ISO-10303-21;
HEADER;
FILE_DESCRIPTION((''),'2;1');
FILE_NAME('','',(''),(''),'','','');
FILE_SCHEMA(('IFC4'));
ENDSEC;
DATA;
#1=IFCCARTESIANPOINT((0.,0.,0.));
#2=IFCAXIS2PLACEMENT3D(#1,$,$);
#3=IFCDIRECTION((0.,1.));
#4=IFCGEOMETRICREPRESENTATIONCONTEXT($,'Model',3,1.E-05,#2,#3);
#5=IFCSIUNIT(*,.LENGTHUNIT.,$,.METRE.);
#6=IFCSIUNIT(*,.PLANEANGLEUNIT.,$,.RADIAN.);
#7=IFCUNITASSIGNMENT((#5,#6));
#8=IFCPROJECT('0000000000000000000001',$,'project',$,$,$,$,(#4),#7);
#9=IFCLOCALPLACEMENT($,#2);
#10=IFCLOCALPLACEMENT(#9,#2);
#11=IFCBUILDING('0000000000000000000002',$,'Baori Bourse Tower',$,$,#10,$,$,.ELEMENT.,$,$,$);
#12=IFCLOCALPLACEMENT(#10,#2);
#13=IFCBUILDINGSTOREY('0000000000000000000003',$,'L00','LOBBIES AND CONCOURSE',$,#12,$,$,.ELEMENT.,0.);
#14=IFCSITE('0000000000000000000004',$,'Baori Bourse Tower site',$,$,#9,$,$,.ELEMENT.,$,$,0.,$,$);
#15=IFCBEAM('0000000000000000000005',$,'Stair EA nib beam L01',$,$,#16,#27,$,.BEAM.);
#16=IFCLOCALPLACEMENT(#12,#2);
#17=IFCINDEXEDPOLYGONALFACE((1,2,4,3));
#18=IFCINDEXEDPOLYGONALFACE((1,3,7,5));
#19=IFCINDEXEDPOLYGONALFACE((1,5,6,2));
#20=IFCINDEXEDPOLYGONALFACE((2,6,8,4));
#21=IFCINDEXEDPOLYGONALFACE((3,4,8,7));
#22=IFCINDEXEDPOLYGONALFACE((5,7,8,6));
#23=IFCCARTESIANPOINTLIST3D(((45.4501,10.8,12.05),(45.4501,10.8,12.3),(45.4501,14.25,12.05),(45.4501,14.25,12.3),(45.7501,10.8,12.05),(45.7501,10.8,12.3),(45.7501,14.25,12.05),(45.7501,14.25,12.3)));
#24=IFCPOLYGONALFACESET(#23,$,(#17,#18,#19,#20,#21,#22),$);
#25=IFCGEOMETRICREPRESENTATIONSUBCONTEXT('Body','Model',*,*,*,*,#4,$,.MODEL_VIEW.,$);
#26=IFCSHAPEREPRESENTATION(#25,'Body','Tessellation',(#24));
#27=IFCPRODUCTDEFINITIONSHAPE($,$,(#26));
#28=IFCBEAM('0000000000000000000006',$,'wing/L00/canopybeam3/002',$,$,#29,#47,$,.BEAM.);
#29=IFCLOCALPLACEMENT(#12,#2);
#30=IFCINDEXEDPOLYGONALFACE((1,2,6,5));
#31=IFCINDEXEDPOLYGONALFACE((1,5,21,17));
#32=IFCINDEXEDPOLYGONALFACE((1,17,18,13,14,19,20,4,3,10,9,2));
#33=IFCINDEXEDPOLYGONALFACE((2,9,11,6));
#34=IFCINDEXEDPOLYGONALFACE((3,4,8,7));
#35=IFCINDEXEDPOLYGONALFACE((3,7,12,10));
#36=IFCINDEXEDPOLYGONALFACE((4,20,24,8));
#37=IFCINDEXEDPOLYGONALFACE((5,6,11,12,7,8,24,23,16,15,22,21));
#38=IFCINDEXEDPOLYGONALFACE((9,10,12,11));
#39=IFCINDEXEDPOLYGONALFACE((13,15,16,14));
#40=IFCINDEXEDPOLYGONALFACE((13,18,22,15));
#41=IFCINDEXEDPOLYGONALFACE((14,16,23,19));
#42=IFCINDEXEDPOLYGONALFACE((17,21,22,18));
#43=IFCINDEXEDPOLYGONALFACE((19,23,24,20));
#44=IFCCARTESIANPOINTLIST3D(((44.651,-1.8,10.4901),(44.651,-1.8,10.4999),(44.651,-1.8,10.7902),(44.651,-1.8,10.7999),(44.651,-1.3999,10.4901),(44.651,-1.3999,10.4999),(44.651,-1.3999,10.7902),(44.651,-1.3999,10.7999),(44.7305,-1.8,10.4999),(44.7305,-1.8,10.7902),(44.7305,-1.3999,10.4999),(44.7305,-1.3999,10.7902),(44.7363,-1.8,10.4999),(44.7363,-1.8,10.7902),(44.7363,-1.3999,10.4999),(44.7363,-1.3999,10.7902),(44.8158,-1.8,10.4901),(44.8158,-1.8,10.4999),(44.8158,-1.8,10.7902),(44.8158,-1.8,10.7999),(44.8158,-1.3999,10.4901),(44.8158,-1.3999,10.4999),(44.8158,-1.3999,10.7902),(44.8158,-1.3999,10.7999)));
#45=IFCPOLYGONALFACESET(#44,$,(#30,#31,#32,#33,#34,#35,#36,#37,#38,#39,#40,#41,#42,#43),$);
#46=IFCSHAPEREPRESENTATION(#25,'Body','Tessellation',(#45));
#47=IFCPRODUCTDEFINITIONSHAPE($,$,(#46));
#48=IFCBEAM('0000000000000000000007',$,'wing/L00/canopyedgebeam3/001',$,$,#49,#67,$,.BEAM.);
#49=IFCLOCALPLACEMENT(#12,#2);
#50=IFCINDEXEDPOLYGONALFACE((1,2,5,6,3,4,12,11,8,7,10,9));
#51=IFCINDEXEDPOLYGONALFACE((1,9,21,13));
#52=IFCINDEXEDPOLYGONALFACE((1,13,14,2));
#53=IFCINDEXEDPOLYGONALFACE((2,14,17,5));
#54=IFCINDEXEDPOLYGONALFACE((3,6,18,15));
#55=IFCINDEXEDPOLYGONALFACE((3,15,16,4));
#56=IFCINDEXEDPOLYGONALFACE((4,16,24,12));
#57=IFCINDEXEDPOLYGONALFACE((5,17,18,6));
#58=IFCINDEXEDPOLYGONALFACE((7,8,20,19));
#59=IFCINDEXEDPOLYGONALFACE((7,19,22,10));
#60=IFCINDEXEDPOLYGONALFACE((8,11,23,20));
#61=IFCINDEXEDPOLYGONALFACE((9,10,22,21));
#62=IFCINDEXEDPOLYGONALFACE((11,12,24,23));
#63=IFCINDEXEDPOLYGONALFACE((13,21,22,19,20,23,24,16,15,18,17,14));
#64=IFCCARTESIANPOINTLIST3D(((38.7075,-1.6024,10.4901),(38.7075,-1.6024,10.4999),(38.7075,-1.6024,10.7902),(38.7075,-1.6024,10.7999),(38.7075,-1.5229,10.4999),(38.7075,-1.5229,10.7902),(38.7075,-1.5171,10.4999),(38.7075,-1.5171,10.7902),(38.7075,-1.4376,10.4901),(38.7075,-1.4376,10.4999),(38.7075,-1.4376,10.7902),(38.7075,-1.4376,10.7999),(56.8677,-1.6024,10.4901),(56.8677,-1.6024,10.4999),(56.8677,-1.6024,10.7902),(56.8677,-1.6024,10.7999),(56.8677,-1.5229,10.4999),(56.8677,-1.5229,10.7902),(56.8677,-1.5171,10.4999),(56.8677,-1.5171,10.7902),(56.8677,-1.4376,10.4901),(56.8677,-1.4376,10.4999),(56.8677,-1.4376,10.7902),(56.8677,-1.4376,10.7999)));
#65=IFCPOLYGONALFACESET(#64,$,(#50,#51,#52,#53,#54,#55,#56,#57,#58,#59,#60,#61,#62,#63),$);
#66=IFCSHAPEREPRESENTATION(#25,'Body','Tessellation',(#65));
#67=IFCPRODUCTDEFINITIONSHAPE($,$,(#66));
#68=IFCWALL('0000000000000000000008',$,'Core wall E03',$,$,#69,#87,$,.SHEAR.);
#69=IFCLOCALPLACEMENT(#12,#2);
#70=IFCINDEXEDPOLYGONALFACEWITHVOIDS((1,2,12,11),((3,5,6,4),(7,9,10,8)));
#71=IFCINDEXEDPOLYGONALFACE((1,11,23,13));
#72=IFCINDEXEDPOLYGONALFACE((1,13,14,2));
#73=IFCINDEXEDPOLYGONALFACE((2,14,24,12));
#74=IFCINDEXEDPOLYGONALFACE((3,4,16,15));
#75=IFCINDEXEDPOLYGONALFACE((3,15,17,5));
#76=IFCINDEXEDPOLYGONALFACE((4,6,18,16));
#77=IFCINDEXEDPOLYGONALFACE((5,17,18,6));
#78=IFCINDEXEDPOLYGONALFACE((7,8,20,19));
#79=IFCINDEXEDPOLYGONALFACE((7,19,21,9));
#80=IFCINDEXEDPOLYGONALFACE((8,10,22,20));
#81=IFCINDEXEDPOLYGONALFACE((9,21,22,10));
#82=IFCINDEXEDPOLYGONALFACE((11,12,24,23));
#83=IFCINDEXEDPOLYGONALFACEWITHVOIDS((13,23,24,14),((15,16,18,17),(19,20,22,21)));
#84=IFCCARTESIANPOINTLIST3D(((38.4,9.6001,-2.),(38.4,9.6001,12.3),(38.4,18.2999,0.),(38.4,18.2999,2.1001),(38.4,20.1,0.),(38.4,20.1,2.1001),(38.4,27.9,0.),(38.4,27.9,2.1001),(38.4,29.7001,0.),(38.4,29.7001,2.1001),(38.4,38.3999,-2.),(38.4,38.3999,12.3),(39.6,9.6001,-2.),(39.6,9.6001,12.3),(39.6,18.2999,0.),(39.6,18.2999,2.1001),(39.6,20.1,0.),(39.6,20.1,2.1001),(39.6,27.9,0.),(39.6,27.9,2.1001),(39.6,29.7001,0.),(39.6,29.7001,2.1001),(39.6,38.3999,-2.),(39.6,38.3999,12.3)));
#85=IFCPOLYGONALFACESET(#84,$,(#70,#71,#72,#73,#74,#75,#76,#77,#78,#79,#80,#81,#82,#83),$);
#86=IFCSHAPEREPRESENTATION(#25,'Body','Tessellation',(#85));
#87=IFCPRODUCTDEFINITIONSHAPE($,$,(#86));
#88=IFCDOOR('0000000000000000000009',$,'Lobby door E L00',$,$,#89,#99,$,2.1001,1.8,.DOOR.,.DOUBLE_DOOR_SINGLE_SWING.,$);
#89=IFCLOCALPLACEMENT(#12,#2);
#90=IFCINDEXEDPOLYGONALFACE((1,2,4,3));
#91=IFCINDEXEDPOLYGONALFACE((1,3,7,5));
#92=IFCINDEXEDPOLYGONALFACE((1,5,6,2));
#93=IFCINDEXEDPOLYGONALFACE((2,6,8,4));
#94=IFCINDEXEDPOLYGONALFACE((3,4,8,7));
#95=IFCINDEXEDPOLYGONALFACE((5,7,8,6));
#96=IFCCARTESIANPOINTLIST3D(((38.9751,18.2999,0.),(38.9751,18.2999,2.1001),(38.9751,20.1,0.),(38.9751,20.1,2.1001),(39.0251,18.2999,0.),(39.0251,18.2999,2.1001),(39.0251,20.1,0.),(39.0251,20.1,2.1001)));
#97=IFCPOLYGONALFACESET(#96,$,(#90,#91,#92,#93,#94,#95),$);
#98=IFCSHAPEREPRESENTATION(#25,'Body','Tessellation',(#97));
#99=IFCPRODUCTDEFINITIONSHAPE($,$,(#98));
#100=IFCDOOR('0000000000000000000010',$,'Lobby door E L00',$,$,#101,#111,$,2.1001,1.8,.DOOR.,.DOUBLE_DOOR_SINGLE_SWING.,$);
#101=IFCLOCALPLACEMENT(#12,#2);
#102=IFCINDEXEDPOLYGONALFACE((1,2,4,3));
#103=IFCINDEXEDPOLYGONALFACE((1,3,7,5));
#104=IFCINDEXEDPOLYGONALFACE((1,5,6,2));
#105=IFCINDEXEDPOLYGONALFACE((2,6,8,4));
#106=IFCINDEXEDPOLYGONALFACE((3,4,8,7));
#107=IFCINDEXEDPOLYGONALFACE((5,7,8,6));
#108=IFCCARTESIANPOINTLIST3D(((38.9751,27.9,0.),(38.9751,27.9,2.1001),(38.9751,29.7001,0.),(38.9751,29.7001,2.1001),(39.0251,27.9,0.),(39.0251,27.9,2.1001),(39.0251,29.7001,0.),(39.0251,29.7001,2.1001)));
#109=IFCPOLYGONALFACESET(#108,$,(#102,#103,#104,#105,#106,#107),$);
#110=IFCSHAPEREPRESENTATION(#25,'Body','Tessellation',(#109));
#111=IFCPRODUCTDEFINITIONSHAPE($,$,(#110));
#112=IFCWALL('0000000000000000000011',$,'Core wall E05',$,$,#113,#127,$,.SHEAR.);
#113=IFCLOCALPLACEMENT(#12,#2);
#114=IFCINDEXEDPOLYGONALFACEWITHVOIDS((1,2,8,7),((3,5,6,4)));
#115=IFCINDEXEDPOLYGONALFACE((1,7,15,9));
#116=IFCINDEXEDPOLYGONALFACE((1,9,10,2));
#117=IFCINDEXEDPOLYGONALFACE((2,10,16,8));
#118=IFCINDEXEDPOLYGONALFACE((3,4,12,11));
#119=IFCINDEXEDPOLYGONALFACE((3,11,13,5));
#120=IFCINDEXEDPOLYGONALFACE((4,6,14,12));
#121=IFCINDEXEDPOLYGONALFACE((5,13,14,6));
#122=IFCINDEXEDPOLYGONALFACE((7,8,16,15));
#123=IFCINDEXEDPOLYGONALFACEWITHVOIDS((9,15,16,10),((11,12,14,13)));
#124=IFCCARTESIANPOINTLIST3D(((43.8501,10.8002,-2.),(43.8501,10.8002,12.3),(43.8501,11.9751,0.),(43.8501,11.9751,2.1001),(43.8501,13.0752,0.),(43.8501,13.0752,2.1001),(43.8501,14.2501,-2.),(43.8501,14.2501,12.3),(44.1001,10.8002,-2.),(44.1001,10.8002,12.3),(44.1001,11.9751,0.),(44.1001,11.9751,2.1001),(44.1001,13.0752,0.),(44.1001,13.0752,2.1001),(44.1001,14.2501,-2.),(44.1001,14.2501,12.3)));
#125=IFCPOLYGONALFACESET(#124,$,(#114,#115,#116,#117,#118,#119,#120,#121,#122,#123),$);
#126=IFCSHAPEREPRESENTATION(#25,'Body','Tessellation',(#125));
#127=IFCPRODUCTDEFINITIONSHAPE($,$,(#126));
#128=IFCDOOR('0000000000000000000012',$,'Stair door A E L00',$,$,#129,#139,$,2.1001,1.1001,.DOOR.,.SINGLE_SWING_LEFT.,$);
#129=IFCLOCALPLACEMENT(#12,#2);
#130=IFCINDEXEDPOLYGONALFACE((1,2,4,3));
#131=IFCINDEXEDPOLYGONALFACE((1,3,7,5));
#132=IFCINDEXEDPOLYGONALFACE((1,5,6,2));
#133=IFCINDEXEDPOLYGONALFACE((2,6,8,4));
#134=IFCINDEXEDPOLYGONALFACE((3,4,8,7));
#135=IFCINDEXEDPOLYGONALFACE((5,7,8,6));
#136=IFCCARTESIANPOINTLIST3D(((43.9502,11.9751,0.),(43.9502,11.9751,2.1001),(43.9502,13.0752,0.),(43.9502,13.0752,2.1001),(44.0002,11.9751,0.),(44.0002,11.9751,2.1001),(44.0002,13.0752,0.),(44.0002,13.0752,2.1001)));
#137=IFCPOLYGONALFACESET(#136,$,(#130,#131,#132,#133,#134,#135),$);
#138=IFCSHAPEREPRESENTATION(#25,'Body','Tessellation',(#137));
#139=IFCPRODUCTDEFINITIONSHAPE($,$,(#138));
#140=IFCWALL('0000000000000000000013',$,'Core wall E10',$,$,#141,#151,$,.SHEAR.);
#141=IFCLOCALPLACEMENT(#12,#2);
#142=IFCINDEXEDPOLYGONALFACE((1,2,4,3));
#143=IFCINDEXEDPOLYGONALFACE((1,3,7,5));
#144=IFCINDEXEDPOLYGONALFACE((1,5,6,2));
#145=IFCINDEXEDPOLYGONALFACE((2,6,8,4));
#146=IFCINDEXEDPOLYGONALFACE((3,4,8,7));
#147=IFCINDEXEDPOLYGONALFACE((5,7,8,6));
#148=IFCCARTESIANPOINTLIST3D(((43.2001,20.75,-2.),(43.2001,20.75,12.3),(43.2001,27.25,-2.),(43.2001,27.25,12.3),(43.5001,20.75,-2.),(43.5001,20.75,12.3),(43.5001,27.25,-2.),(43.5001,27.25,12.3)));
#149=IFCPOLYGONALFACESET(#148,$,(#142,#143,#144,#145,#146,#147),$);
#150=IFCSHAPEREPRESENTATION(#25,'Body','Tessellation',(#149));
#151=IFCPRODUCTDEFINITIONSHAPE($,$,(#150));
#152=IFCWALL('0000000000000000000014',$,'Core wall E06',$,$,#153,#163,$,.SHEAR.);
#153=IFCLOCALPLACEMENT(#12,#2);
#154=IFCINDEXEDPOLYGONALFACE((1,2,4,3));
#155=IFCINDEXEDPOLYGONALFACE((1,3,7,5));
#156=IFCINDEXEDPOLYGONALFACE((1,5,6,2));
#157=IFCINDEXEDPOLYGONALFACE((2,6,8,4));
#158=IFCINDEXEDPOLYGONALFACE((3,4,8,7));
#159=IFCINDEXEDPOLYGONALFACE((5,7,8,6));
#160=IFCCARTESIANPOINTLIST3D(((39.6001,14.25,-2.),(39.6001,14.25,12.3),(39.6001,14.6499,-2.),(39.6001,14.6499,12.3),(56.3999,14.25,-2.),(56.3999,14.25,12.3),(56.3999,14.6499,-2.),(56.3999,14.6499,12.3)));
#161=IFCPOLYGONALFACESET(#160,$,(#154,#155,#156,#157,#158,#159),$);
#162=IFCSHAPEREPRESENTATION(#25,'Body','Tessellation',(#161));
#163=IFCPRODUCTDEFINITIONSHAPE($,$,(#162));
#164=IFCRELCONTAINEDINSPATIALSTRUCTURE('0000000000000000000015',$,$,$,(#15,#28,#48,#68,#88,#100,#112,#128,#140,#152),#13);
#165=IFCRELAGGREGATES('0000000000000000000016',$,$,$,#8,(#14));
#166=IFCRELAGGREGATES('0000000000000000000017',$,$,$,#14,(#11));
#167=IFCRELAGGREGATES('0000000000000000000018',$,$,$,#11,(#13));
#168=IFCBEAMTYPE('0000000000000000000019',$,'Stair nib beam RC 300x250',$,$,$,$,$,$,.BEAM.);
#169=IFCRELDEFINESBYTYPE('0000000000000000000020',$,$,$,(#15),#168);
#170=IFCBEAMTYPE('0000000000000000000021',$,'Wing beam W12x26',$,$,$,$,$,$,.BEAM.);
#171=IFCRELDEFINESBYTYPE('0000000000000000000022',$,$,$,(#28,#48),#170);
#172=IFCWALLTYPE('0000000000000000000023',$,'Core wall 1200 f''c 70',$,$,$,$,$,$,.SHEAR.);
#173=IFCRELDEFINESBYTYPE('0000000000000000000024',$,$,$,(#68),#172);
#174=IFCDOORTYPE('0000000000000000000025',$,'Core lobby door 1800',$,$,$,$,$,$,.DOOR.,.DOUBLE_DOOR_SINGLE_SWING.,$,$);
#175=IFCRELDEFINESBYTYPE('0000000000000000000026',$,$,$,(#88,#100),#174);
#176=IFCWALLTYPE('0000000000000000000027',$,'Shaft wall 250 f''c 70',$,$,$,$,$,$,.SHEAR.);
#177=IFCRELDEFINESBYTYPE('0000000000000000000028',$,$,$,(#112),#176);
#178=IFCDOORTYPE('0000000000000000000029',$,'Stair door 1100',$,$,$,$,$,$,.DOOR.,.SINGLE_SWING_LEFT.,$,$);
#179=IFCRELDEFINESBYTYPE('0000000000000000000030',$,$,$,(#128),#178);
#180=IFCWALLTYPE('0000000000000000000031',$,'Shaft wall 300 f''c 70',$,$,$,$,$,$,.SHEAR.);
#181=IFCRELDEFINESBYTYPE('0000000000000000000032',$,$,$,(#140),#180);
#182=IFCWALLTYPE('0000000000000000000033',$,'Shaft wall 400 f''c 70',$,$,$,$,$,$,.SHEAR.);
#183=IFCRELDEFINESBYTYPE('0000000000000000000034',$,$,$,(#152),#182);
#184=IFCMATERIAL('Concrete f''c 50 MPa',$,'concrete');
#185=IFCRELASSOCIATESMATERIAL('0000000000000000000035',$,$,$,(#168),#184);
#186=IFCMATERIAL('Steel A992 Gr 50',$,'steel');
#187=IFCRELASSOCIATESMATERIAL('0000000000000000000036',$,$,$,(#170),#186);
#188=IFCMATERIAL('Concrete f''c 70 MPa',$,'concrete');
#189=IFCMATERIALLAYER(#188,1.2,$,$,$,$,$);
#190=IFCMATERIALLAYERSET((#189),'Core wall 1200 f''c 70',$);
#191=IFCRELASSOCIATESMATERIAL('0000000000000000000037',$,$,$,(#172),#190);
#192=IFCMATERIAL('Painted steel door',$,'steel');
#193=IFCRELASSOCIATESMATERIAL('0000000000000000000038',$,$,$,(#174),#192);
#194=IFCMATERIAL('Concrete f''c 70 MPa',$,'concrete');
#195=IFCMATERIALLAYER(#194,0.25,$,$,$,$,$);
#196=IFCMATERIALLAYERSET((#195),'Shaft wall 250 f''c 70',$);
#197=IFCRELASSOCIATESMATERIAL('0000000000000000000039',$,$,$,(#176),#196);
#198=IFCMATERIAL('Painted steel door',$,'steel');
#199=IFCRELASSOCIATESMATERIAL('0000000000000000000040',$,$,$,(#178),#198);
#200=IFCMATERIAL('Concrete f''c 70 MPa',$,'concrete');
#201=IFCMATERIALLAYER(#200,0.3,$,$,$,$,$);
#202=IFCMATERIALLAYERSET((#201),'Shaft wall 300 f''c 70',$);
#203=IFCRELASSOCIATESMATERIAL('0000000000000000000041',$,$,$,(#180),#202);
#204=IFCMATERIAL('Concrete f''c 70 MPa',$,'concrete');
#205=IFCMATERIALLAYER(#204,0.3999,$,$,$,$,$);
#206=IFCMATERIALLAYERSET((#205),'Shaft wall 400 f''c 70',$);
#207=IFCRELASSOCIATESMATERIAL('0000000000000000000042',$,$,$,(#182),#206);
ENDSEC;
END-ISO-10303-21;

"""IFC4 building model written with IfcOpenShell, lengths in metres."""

from ifc_helpers import new_model, si_unit, direction, frame, frame_2d, origin, origin_2d, place, context, subcontext, project, spatial, rectangle, i_section, extrude, material, layer, layer_set, material_profile, profile_set, type_object, element, fill, save


model = new_model("IFC4")

# Units and contexts
model_context = context("Model", 3, precision=1e-05, world=origin(), true_north=direction((0.0, 1.0)))
body_context = subcontext(model_context, "Body", "Model", "MODEL_VIEW")
ifc_project = project(units=[si_unit("LENGTHUNIT", "METRE"), si_unit("PLANEANGLEUNIT", "RADIAN")], contexts=[model_context])

# Site, building, storey
site_placement = place(None, origin())
site = spatial("IfcSite", under=ifc_project, at=site_placement, Name="Baori Bourse Tower site", CompositionType="ELEMENT", RefElevation=0.0)
building_placement = place(site_placement, origin())
building = spatial("IfcBuilding", under=site, at=building_placement, Name="Baori Bourse Tower", CompositionType="ELEMENT")
storey_placement = place(building_placement, origin())
storey = spatial("IfcBuildingStorey", under=building, at=storey_placement, Name="L00", Description="LOBBIES AND CONCOURSE", CompositionType="ELEMENT", Elevation=0.0)

# Beams
ifc_material_1 = material(Name="Concrete f'c 50 MPa", Category="concrete")
ifc_material_profile_1 = material_profile(ifc_material_1, rectangle(XDim=0.3, YDim=0.25, at=origin_2d()), Name="RC 300x250")
ifc_profile_set_1 = profile_set([ifc_material_profile_1], Name="Concrete f'c 50 MPa")
beam_type_1 = type_object("IfcBeamType", Name="Stair nib beam RC 300x250", PredefinedType="BEAM", material=ifc_profile_set_1)
beam_1_placement = place(storey_placement, frame((45.6001, 10.8, 12.175), z_axis=(0.0, 1.0, 0.0), x_axis=(-1.0, 0.0, 0.0)))
element("IfcBeam", 1, at=beam_1_placement, inside=storey, type_object=beam_type_1, Name="Stair EA nib beam L01", PredefinedType="BEAM", context=body_context, shape_type="SweptSolid", body=[
    extrude(rectangle(XDim=0.3, YDim=0.25, at=origin_2d()), origin(), (0.0, 0.0, 1.0), 3.45),
])
ifc_material_2 = material(Name="Steel A992 Gr 50", Category="steel")
ifc_material_profile_2 = material_profile(ifc_material_2, i_section(OverallWidth=0.1648, OverallDepth=0.3098, WebThickness=0.0059, FlangeThickness=0.0098, at=origin_2d()), Name="W12x26")
ifc_profile_set_2 = profile_set([ifc_material_profile_2], Name="Steel A992 Gr 50")
beam_type_2 = type_object("IfcBeamType", Name="Wing beam W12x26", PredefinedType="BEAM", material=ifc_profile_set_2)
beam_2_placement = place(storey_placement, frame((44.7334, -1.8, 10.645), z_axis=(0.0, 1.0, 0.0), x_axis=(-1.0, 0.0, 0.0)))
element("IfcBeam", 2, at=beam_2_placement, inside=storey, type_object=beam_type_2, Name="wing/L00/canopybeam3/002", PredefinedType="BEAM", context=body_context, shape_type="SweptSolid", body=[
    extrude(i_section(OverallWidth=0.1648, OverallDepth=0.3098, WebThickness=0.0059, FlangeThickness=0.0098, at=origin_2d()), origin(), (0.0, 0.0, 1.0), 0.4001),
])
beam_3_placement = place(storey_placement, frame((38.7075, -1.52, 10.645), z_axis=(1.0, 0.0, 0.0), x_axis=(0.0, 1.0, 0.0)))
element("IfcBeam", 3, at=beam_3_placement, inside=storey, type_object=beam_type_2, Name="wing/L00/canopyedgebeam3/001", PredefinedType="BEAM", context=body_context, shape_type="SweptSolid", body=[
    extrude(i_section(OverallWidth=0.1648, OverallDepth=0.3098, WebThickness=0.0059, FlangeThickness=0.0098, at=origin_2d()), origin(), (0.0, 0.0, 1.0), 18.1602),
])

# Wall, openings, doors
ifc_material_3 = material(Name="Concrete f'c 70 MPa", Category="concrete")
ifc_layer_1 = layer(ifc_material_3, 1.2)
ifc_layer_set_1 = layer_set([ifc_layer_1], Name="Core wall 1200 f'c 70")
wall_type_1 = type_object("IfcWallType", Name="Core wall 1200 f'c 70", PredefinedType="SHEAR", material=ifc_layer_set_1)
wall_1_placement = place(storey_placement, frame((39.0, 9.6001, -2.0), z_axis=(0.0, 0.0, 1.0), x_axis=(0.0, 1.0, 0.0)))
wall_1 = element("IfcWall", 4, at=wall_1_placement, inside=storey, type_object=wall_type_1, Name="Core wall E03", PredefinedType="SHEAR", context=body_context, shape_type="SweptSolid", body=[
    extrude(rectangle(XDim=28.7998, YDim=1.2, at=frame_2d((14.3999, 0.0))), origin(), (0.0, 0.0, 1.0), 14.3),
])
opening_1_placement = place(wall_1_placement, frame((8.7, 0.0, 2.0)))
opening_1 = element("IfcOpeningElement", 5, at=opening_1_placement, cuts=wall_1, PredefinedType="OPENING", context=body_context, shape_type="SweptSolid", body=[
    extrude(rectangle(XDim=1.8, YDim=2.1001, at=frame_2d((0.8999, 1.05))), frame((0.0, 0.6099, 0.0), z_axis=(0.0, -1.0, 0.0), x_axis=(1.0, 0.0, 0.0)), (0.0, 0.0, 1.0), 1.22),
])
opening_2_placement = place(wall_1_placement, frame((18.3, 0.0, 2.0)))
opening_2 = element("IfcOpeningElement", 6, at=opening_2_placement, cuts=wall_1, PredefinedType="OPENING", context=body_context, shape_type="SweptSolid", body=[
    extrude(rectangle(XDim=1.8, YDim=2.1001, at=frame_2d((0.8999, 1.05))), frame((0.0, 0.6099, 0.0), z_axis=(0.0, -1.0, 0.0), x_axis=(1.0, 0.0, 0.0)), (0.0, 0.0, 1.0), 1.22),
])
ifc_material_4 = material(Name="Painted steel door", Category="steel")
door_type_1 = type_object("IfcDoorType", Name="Core lobby door 1800", OperationType="DOUBLE_DOOR_SINGLE_SWING", PredefinedType="DOOR", material=ifc_material_4)
door_1_placement = place(opening_1_placement, origin())
door_1 = element("IfcDoor", 7, at=door_1_placement, inside=storey, type_object=door_type_1, Name="Lobby door E L00", OperationType="DOUBLE_DOOR_SINGLE_SWING", OverallHeight=2.1001, OverallWidth=1.8, PredefinedType="DOOR", context=body_context, shape_type="SweptSolid", body=[
    extrude(rectangle(XDim=1.8, YDim=2.1001, at=frame_2d((0.8999, 1.05))), frame((0.0, 0.0249, 0.0), z_axis=(0.0, -1.0, 0.0), x_axis=(1.0, 0.0, 0.0)), (0.0, 0.0, 1.0), 0.05),
])
fill(opening_1, door_1)
door_2_placement = place(opening_2_placement, origin())
door_2 = element("IfcDoor", 8, at=door_2_placement, inside=storey, type_object=door_type_1, Name="Lobby door E L00", OperationType="DOUBLE_DOOR_SINGLE_SWING", OverallHeight=2.1001, OverallWidth=1.8, PredefinedType="DOOR", context=body_context, shape_type="SweptSolid", body=[
    extrude(rectangle(XDim=1.8, YDim=2.1001, at=frame_2d((0.8999, 1.05))), frame((0.0, 0.0249, 0.0), z_axis=(0.0, -1.0, 0.0), x_axis=(1.0, 0.0, 0.0)), (0.0, 0.0, 1.0), 0.05),
])
fill(opening_2, door_2)

# Wall, opening, door
ifc_material_5 = material(Name="Concrete f'c 70 MPa", Category="concrete")
ifc_layer_2 = layer(ifc_material_5, 0.25)
ifc_layer_set_2 = layer_set([ifc_layer_2], Name="Shaft wall 250 f'c 70")
wall_type_2 = type_object("IfcWallType", Name="Shaft wall 250 f'c 70", PredefinedType="SHEAR", material=ifc_layer_set_2)
wall_2_placement = place(storey_placement, frame((43.9751, 10.8, -2.0), z_axis=(0.0, 0.0, 1.0), x_axis=(0.0, 1.0, 0.0)))
wall_2 = element("IfcWall", 9, at=wall_2_placement, inside=storey, type_object=wall_type_2, Name="Core wall E05", PredefinedType="SHEAR", context=body_context, shape_type="SweptSolid", body=[
    extrude(rectangle(XDim=3.45, YDim=0.25, at=frame_2d((1.7251, 0.0))), origin(), (0.0, 0.0, 1.0), 14.3),
])
opening_3_placement = place(wall_2_placement, frame((1.175, 0.0, 2.0)))
opening_3 = element("IfcOpeningElement", 10, at=opening_3_placement, cuts=wall_2, PredefinedType="OPENING", context=body_context, shape_type="SweptSolid", body=[
    extrude(rectangle(XDim=1.1001, YDim=2.1001, at=frame_2d((0.55, 1.05))), frame((0.0, 0.135, 0.0), z_axis=(0.0, -1.0, 0.0), x_axis=(1.0, 0.0, 0.0)), (0.0, 0.0, 1.0), 0.27),
])
ifc_material_6 = material(Name="Painted steel door", Category="steel")
door_type_2 = type_object("IfcDoorType", Name="Stair door 1100", OperationType="SINGLE_SWING_LEFT", PredefinedType="DOOR", material=ifc_material_6)
door_3_placement = place(opening_3_placement, origin())
door_3 = element("IfcDoor", 11, at=door_3_placement, inside=storey, type_object=door_type_2, Name="Stair door A E L00", OperationType="SINGLE_SWING_LEFT", OverallHeight=2.1001, OverallWidth=1.1001, PredefinedType="DOOR", context=body_context, shape_type="SweptSolid", body=[
    extrude(rectangle(XDim=1.1001, YDim=2.1001, at=frame_2d((0.55, 1.05))), frame((0.0, 0.0249, 0.0), z_axis=(0.0, -1.0, 0.0), x_axis=(1.0, 0.0, 0.0)), (0.0, 0.0, 1.0), 0.05),
])
fill(opening_3, door_3)

# Walls
ifc_material_7 = material(Name="Concrete f'c 70 MPa", Category="concrete")
ifc_layer_3 = layer(ifc_material_7, 0.3)
ifc_layer_set_3 = layer_set([ifc_layer_3], Name="Shaft wall 300 f'c 70")
wall_type_3 = type_object("IfcWallType", Name="Shaft wall 300 f'c 70", PredefinedType="SHEAR", material=ifc_layer_set_3)
wall_3_placement = place(storey_placement, frame((43.3501, 20.75, -2.0), z_axis=(0.0, 0.0, 1.0), x_axis=(0.0, 1.0, 0.0)))
element("IfcWall", 12, at=wall_3_placement, inside=storey, type_object=wall_type_3, Name="Core wall E10", PredefinedType="SHEAR", context=body_context, shape_type="SweptSolid", body=[
    extrude(rectangle(XDim=6.5, YDim=0.3, at=frame_2d((3.25, 0.0))), origin(), (0.0, 0.0, 1.0), 14.3),
])
ifc_material_8 = material(Name="Concrete f'c 70 MPa", Category="concrete")
ifc_layer_4 = layer(ifc_material_8, 0.3999)
ifc_layer_set_4 = layer_set([ifc_layer_4], Name="Shaft wall 400 f'c 70")
wall_type_4 = type_object("IfcWallType", Name="Shaft wall 400 f'c 70", PredefinedType="SHEAR", material=ifc_layer_set_4)
wall_4_placement = place(storey_placement, frame((39.6001, 14.45, -2.0), z_axis=(0.0, 0.0, 1.0), x_axis=(1.0, 0.0, 0.0)))
element("IfcWall", 13, at=wall_4_placement, inside=storey, type_object=wall_type_4, Name="Core wall E06", PredefinedType="SHEAR", context=body_context, shape_type="SweptSolid", body=[
    extrude(rectangle(XDim=16.7998, YDim=0.3999, at=frame_2d((8.3999, 0.0))), origin(), (0.0, 0.0, 1.0), 14.3),
])

save(model, "model.ifc")
